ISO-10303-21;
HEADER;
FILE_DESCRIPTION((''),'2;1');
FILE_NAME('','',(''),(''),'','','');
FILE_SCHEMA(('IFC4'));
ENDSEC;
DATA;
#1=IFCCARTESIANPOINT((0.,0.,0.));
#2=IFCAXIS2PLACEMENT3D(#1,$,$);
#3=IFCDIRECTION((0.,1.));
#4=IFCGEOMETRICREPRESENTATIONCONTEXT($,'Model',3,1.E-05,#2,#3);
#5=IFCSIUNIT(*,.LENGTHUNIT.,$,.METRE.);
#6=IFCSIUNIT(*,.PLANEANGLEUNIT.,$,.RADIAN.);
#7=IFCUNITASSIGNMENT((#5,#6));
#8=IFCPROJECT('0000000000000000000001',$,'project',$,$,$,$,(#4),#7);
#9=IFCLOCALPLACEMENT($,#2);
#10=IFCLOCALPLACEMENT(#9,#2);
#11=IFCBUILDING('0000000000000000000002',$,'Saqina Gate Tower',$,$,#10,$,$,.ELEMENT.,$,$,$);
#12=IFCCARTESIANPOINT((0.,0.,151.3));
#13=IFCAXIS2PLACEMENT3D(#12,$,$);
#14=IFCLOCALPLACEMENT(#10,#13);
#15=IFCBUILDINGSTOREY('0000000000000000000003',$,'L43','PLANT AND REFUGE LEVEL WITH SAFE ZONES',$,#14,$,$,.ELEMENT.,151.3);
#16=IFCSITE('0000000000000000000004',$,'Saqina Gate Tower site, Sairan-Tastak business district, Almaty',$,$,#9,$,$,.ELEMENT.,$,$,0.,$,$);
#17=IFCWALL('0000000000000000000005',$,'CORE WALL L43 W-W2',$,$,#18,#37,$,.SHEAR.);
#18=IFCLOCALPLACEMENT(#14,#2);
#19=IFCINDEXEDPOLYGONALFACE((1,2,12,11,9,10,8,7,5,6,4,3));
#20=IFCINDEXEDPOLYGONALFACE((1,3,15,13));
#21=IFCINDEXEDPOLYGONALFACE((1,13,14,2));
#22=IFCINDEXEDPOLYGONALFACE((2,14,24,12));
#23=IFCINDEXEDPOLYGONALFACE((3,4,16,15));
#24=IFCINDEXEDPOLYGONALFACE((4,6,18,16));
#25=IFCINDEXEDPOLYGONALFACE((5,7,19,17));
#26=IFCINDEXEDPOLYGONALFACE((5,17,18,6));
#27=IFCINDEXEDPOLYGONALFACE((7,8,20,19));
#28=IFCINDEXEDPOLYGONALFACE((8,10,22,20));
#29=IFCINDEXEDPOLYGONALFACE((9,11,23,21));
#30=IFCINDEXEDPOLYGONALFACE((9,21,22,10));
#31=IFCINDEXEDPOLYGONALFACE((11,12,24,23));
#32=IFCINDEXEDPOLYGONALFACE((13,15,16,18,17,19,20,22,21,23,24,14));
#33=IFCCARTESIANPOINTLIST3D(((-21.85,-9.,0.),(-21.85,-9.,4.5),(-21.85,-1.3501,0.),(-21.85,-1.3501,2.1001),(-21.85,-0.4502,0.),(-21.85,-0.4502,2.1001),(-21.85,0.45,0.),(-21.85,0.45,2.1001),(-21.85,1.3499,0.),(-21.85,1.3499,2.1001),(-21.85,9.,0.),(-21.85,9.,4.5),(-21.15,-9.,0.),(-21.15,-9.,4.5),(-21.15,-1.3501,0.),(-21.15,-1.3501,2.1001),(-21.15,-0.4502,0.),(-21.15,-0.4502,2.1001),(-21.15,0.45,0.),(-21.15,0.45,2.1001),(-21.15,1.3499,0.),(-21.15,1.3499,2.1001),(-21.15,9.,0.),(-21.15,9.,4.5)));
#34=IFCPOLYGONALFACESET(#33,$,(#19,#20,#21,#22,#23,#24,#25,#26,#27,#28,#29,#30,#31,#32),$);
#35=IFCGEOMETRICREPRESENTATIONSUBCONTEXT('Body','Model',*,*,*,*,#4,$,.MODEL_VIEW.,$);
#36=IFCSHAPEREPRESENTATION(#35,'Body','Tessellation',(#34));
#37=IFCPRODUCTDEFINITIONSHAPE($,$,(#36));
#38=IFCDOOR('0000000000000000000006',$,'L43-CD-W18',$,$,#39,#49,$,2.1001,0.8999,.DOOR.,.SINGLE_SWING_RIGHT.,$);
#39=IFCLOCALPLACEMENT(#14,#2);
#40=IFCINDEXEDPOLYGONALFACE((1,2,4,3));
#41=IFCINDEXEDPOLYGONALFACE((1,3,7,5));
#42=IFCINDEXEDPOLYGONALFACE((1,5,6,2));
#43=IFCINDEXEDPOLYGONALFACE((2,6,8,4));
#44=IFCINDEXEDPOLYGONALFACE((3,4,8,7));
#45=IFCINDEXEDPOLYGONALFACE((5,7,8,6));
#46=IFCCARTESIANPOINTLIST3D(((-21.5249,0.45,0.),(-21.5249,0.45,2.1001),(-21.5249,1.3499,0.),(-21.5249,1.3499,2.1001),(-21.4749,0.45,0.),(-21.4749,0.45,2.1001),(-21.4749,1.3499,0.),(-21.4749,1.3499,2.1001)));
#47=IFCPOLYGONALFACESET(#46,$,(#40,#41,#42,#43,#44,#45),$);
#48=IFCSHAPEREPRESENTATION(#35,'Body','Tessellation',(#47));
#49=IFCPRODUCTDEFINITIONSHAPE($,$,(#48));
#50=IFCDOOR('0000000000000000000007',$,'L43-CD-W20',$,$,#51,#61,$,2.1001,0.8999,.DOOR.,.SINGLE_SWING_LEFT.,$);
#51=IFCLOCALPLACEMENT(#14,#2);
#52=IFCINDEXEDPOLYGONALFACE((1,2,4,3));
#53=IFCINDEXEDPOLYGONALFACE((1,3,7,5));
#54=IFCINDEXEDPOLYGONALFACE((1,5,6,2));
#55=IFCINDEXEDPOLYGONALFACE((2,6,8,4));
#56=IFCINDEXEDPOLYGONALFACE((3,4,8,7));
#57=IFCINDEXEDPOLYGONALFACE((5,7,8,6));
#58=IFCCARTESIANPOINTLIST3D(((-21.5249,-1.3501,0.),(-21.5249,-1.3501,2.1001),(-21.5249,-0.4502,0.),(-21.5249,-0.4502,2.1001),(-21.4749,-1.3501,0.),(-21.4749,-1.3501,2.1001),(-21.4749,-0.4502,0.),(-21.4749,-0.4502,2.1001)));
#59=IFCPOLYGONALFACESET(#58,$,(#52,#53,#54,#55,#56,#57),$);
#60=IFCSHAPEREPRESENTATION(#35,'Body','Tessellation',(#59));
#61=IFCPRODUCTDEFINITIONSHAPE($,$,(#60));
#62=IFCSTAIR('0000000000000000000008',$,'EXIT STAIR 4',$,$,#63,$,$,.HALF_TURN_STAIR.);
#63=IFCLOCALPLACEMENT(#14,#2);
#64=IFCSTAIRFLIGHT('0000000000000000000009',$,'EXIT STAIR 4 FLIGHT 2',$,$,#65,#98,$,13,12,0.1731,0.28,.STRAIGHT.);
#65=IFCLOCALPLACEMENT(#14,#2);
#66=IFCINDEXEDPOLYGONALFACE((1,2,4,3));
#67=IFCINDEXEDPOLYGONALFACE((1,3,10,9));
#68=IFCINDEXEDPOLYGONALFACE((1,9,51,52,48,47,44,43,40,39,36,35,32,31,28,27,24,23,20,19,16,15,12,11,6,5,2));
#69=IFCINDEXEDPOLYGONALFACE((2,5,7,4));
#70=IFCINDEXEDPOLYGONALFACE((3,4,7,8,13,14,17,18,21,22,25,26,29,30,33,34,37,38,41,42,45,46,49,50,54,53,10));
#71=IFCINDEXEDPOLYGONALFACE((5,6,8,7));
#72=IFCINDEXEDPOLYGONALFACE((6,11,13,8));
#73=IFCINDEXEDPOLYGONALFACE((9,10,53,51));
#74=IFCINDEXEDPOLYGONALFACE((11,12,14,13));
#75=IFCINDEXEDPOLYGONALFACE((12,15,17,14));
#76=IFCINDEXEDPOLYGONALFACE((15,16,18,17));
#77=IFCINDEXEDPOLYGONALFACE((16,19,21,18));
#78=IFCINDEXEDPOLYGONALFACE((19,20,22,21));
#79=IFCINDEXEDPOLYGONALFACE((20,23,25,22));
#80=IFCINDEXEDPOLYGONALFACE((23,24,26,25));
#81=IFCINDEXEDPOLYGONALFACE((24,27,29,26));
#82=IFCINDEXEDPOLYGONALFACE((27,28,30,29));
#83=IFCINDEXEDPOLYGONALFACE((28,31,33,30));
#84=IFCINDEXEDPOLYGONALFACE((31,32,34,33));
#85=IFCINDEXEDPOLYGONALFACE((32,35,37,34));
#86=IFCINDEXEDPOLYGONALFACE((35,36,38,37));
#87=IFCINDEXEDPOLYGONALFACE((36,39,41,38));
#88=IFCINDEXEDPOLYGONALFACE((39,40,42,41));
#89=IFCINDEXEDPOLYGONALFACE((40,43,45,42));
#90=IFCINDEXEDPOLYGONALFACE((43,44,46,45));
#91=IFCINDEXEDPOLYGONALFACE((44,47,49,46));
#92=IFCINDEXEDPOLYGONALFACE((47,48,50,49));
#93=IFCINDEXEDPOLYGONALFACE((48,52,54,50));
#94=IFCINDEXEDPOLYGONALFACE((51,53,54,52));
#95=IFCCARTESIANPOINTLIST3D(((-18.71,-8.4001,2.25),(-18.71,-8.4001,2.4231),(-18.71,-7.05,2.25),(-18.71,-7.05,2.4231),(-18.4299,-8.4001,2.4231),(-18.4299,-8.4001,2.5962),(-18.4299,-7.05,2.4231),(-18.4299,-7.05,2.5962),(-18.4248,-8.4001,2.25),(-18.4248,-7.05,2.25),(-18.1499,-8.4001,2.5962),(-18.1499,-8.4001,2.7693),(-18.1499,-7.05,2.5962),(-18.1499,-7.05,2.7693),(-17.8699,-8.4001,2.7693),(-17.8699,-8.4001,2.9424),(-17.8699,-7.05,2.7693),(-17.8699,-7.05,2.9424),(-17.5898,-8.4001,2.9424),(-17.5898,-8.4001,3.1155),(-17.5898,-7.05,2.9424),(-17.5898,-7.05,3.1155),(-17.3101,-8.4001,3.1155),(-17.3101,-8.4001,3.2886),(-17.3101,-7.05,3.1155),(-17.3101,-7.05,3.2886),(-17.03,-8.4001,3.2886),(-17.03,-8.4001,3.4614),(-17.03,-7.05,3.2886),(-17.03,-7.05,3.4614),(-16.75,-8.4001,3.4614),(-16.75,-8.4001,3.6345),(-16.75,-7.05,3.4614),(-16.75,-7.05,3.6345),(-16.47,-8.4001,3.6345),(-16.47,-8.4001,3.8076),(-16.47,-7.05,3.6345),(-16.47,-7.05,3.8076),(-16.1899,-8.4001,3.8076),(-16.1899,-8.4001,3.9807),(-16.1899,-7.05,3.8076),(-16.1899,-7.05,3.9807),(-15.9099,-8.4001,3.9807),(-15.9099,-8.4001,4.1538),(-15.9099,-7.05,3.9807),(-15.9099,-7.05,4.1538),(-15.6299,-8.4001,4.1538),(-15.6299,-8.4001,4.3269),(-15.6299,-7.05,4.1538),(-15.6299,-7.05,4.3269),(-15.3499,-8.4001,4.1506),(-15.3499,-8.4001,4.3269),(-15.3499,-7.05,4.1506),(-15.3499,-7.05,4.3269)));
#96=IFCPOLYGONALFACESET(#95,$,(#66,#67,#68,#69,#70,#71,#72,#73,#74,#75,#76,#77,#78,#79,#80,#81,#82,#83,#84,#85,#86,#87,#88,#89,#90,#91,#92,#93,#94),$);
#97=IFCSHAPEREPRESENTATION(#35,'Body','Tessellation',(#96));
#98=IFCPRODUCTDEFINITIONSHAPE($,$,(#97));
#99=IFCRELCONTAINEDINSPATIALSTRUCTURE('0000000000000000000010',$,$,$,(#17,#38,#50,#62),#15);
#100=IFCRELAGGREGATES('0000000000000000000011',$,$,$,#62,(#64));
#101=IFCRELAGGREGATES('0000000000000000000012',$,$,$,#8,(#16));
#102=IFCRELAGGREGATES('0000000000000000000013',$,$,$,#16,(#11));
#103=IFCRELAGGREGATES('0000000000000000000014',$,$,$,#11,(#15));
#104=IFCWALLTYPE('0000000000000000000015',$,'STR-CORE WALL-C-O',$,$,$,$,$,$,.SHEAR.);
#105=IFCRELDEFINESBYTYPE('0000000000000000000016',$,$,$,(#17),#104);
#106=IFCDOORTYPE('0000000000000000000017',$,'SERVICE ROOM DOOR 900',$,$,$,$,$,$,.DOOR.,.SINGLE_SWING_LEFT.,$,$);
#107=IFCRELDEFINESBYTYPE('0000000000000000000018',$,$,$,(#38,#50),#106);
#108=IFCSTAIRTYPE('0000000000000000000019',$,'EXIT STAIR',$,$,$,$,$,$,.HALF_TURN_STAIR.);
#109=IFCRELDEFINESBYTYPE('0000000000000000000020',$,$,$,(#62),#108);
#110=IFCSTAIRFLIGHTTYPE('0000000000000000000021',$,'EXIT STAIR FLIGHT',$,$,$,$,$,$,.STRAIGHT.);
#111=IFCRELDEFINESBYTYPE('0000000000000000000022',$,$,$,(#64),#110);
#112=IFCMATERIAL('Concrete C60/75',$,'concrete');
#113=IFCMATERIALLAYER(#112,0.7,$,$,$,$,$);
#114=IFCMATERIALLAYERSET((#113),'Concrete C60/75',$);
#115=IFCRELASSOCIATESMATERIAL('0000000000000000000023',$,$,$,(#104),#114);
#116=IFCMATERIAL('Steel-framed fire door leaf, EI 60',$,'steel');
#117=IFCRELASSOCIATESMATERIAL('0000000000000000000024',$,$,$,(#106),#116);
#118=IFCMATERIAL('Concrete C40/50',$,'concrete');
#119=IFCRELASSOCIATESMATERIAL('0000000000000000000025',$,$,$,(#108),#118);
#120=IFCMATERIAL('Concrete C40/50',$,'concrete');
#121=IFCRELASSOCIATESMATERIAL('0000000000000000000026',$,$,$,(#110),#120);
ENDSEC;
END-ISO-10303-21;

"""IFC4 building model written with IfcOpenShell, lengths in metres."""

from ifc_helpers import new_model, si_unit, direction, frame, frame_2d, origin, place, context, subcontext, project, spatial, polyline, rectangle, outline, extrude, material, layer, layer_set, type_object, element, fill, aggregate, save


model = new_model("IFC4")

# Units and contexts
model_context = context("Model", 3, precision=1e-05, world=origin(), true_north=direction((0.0, 1.0)))
body_context = subcontext(model_context, "Body", "Model", "MODEL_VIEW")
ifc_project = project(units=[si_unit("LENGTHUNIT", "METRE"), si_unit("PLANEANGLEUNIT", "RADIAN")], contexts=[model_context])

# Site, building, storey
site_placement = place(None, origin())
site = spatial("IfcSite", under=ifc_project, at=site_placement, Name="Saqina Gate Tower site, Sairan-Tastak business district, Almaty", CompositionType="ELEMENT", RefElevation=0.0)
building_placement = place(site_placement, origin())
building = spatial("IfcBuilding", under=site, at=building_placement, Name="Saqina Gate Tower", CompositionType="ELEMENT")
storey_placement = place(building_placement, frame((0.0, 0.0, 151.3)))
storey = spatial("IfcBuildingStorey", under=building, at=storey_placement, Name="L43", Description="PLANT AND REFUGE LEVEL WITH SAFE ZONES", CompositionType="ELEMENT", Elevation=151.3)

# Wall, openings, doors
ifc_material_1 = material(Name="Concrete C60/75", Category="concrete")
ifc_layer_1 = layer(ifc_material_1, 0.7)
ifc_layer_set_1 = layer_set([ifc_layer_1], Name="Concrete C60/75")
wall_type_1 = type_object("IfcWallType", Name="STR-CORE WALL-C-O", PredefinedType="SHEAR", material=ifc_layer_set_1)
wall_1_placement = place(storey_placement, frame((-21.5, -9.0, 0.0), z_axis=(0.0, 0.0, 1.0), x_axis=(0.0, 1.0, 0.0)))
wall_1 = element("IfcWall", 1, at=wall_1_placement, inside=storey, type_object=wall_type_1, Name="CORE WALL L43 W-W2", PredefinedType="SHEAR", context=body_context, shape_type="SweptSolid", body=[
    extrude(rectangle(XDim=18.0, YDim=0.7, at=frame_2d((9.0, 0.0))), origin(), (0.0, 0.0, 1.0), 4.5),
])
opening_1_placement = place(wall_1_placement, frame((9.45, 0.0, 0.0)))
opening_1 = element("IfcOpeningElement", 2, at=opening_1_placement, cuts=wall_1, PredefinedType="OPENING", context=body_context, shape_type="SweptSolid", body=[
    extrude(rectangle(XDim=0.8999, YDim=2.1001, at=frame_2d((0.45, 1.05))), frame((0.0, 0.3621, 0.0), z_axis=(0.0, -1.0, 0.0), x_axis=(1.0, 0.0, 0.0)), (0.0, 0.0, 1.0), 0.7239),
])
opening_2_placement = place(wall_1_placement, frame((7.6499, 0.0, 0.0)))
opening_2 = element("IfcOpeningElement", 3, at=opening_2_placement, cuts=wall_1, PredefinedType="OPENING", context=body_context, shape_type="SweptSolid", body=[
    extrude(rectangle(XDim=0.8999, YDim=2.1001, at=frame_2d((0.45, 1.05))), frame((0.0, 0.3621, 0.0), z_axis=(0.0, -1.0, 0.0), x_axis=(1.0, 0.0, 0.0)), (0.0, 0.0, 1.0), 0.7239),
])
ifc_material_2 = material(Name="Steel-framed fire door leaf, EI 60", Category="steel")
door_type = type_object("IfcDoorType", Name="SERVICE ROOM DOOR 900", OperationType="SINGLE_SWING_LEFT", PredefinedType="DOOR", material=ifc_material_2)
door_1_placement = place(opening_1_placement, origin())
door_1 = element("IfcDoor", 4, at=door_1_placement, inside=storey, type_object=door_type, Name="L43-CD-W18", OperationType="SINGLE_SWING_RIGHT", OverallHeight=2.1001, OverallWidth=0.8999, PredefinedType="DOOR", context=body_context, shape_type="SweptSolid", body=[
    extrude(rectangle(XDim=0.8999, YDim=2.1001, at=frame_2d((0.45, 1.05))), frame((0.0, 0.0249, 0.0), z_axis=(0.0, -1.0, 0.0), x_axis=(1.0, 0.0, 0.0)), (0.0, 0.0, 1.0), 0.05),
])
fill(opening_1, door_1)
door_2_placement = place(opening_2_placement, origin())
door_2 = element("IfcDoor", 5, at=door_2_placement, inside=storey, type_object=door_type, Name="L43-CD-W20", OperationType="SINGLE_SWING_LEFT", OverallHeight=2.1001, OverallWidth=0.8999, PredefinedType="DOOR", context=body_context, shape_type="SweptSolid", body=[
    extrude(rectangle(XDim=0.8999, YDim=2.1001, at=frame_2d((0.45, 1.05))), frame((0.0, 0.0249, 0.0), z_axis=(0.0, -1.0, 0.0), x_axis=(1.0, 0.0, 0.0)), (0.0, 0.0, 1.0), 0.05),
])
fill(opening_2, door_2)

# Stair, stair flight
ifc_material_3 = material(Name="Concrete C40/50", Category="concrete")
stair_type = type_object("IfcStairType", Name="EXIT STAIR", PredefinedType="HALF_TURN_STAIR", material=ifc_material_3)
stair_placement = place(storey_placement, origin())
stair = element("IfcStair", 6, at=stair_placement, inside=storey, type_object=stair_type, Name="EXIT STAIR 4", PredefinedType="HALF_TURN_STAIR")
ifc_material_4 = material(Name="Concrete C40/50", Category="concrete")
stair_flight_type = type_object("IfcStairFlightType", Name="EXIT STAIR FLIGHT", PredefinedType="STRAIGHT", material=ifc_material_4)
stair_flight_placement = place(storey_placement, frame((-18.71, -7.7251, 2.25), z_axis=(0.0, 0.0, 1.0), x_axis=(1.0, 0.0, 0.0)))
stair_flight = element("IfcStairFlight", 7, at=stair_flight_placement, type_object=stair_flight_type, Name="EXIT STAIR 4 FLIGHT 2", NumberOfRisers=13, NumberOfTreads=12, PredefinedType="STRAIGHT", RiserHeight=0.1731, TreadLength=0.28, context=body_context, shape_type="SweptSolid", body=[
    extrude(outline(polyline([(0.0, 0.0), (0.0, 0.1731), (0.28, 0.1731), (0.28, 0.3462), (0.5601, 0.3462), (0.5601, 0.5193), (0.8401, 0.5193), (0.8401, 0.6924), (1.1201, 0.6924), (1.1201, 0.8655), (1.3999, 0.8655), (1.3999, 1.0386), (1.6799, 1.0386), (1.6799, 1.2114), (1.96, 1.2114), (1.96, 1.3845), (2.24, 1.3845), (2.24, 1.5576), (2.52, 1.5576), (2.52, 1.7307), (2.8, 1.7307), (2.8, 1.9038), (3.0801, 1.9038), (3.0801, 2.0769), (3.3601, 2.0769), (3.3601, 2.25), (3.3601, 1.9006), (0.2852, 0.0), (0.0, 0.0)])), frame((0.0, 0.675, 0.0), z_axis=(0.0, -1.0, 0.0), x_axis=(1.0, 0.0, 0.0)), (0.0, 0.0, 1.0), 1.3501),
])
aggregate(stair, [stair_flight])

save(model, "model.ifc")
